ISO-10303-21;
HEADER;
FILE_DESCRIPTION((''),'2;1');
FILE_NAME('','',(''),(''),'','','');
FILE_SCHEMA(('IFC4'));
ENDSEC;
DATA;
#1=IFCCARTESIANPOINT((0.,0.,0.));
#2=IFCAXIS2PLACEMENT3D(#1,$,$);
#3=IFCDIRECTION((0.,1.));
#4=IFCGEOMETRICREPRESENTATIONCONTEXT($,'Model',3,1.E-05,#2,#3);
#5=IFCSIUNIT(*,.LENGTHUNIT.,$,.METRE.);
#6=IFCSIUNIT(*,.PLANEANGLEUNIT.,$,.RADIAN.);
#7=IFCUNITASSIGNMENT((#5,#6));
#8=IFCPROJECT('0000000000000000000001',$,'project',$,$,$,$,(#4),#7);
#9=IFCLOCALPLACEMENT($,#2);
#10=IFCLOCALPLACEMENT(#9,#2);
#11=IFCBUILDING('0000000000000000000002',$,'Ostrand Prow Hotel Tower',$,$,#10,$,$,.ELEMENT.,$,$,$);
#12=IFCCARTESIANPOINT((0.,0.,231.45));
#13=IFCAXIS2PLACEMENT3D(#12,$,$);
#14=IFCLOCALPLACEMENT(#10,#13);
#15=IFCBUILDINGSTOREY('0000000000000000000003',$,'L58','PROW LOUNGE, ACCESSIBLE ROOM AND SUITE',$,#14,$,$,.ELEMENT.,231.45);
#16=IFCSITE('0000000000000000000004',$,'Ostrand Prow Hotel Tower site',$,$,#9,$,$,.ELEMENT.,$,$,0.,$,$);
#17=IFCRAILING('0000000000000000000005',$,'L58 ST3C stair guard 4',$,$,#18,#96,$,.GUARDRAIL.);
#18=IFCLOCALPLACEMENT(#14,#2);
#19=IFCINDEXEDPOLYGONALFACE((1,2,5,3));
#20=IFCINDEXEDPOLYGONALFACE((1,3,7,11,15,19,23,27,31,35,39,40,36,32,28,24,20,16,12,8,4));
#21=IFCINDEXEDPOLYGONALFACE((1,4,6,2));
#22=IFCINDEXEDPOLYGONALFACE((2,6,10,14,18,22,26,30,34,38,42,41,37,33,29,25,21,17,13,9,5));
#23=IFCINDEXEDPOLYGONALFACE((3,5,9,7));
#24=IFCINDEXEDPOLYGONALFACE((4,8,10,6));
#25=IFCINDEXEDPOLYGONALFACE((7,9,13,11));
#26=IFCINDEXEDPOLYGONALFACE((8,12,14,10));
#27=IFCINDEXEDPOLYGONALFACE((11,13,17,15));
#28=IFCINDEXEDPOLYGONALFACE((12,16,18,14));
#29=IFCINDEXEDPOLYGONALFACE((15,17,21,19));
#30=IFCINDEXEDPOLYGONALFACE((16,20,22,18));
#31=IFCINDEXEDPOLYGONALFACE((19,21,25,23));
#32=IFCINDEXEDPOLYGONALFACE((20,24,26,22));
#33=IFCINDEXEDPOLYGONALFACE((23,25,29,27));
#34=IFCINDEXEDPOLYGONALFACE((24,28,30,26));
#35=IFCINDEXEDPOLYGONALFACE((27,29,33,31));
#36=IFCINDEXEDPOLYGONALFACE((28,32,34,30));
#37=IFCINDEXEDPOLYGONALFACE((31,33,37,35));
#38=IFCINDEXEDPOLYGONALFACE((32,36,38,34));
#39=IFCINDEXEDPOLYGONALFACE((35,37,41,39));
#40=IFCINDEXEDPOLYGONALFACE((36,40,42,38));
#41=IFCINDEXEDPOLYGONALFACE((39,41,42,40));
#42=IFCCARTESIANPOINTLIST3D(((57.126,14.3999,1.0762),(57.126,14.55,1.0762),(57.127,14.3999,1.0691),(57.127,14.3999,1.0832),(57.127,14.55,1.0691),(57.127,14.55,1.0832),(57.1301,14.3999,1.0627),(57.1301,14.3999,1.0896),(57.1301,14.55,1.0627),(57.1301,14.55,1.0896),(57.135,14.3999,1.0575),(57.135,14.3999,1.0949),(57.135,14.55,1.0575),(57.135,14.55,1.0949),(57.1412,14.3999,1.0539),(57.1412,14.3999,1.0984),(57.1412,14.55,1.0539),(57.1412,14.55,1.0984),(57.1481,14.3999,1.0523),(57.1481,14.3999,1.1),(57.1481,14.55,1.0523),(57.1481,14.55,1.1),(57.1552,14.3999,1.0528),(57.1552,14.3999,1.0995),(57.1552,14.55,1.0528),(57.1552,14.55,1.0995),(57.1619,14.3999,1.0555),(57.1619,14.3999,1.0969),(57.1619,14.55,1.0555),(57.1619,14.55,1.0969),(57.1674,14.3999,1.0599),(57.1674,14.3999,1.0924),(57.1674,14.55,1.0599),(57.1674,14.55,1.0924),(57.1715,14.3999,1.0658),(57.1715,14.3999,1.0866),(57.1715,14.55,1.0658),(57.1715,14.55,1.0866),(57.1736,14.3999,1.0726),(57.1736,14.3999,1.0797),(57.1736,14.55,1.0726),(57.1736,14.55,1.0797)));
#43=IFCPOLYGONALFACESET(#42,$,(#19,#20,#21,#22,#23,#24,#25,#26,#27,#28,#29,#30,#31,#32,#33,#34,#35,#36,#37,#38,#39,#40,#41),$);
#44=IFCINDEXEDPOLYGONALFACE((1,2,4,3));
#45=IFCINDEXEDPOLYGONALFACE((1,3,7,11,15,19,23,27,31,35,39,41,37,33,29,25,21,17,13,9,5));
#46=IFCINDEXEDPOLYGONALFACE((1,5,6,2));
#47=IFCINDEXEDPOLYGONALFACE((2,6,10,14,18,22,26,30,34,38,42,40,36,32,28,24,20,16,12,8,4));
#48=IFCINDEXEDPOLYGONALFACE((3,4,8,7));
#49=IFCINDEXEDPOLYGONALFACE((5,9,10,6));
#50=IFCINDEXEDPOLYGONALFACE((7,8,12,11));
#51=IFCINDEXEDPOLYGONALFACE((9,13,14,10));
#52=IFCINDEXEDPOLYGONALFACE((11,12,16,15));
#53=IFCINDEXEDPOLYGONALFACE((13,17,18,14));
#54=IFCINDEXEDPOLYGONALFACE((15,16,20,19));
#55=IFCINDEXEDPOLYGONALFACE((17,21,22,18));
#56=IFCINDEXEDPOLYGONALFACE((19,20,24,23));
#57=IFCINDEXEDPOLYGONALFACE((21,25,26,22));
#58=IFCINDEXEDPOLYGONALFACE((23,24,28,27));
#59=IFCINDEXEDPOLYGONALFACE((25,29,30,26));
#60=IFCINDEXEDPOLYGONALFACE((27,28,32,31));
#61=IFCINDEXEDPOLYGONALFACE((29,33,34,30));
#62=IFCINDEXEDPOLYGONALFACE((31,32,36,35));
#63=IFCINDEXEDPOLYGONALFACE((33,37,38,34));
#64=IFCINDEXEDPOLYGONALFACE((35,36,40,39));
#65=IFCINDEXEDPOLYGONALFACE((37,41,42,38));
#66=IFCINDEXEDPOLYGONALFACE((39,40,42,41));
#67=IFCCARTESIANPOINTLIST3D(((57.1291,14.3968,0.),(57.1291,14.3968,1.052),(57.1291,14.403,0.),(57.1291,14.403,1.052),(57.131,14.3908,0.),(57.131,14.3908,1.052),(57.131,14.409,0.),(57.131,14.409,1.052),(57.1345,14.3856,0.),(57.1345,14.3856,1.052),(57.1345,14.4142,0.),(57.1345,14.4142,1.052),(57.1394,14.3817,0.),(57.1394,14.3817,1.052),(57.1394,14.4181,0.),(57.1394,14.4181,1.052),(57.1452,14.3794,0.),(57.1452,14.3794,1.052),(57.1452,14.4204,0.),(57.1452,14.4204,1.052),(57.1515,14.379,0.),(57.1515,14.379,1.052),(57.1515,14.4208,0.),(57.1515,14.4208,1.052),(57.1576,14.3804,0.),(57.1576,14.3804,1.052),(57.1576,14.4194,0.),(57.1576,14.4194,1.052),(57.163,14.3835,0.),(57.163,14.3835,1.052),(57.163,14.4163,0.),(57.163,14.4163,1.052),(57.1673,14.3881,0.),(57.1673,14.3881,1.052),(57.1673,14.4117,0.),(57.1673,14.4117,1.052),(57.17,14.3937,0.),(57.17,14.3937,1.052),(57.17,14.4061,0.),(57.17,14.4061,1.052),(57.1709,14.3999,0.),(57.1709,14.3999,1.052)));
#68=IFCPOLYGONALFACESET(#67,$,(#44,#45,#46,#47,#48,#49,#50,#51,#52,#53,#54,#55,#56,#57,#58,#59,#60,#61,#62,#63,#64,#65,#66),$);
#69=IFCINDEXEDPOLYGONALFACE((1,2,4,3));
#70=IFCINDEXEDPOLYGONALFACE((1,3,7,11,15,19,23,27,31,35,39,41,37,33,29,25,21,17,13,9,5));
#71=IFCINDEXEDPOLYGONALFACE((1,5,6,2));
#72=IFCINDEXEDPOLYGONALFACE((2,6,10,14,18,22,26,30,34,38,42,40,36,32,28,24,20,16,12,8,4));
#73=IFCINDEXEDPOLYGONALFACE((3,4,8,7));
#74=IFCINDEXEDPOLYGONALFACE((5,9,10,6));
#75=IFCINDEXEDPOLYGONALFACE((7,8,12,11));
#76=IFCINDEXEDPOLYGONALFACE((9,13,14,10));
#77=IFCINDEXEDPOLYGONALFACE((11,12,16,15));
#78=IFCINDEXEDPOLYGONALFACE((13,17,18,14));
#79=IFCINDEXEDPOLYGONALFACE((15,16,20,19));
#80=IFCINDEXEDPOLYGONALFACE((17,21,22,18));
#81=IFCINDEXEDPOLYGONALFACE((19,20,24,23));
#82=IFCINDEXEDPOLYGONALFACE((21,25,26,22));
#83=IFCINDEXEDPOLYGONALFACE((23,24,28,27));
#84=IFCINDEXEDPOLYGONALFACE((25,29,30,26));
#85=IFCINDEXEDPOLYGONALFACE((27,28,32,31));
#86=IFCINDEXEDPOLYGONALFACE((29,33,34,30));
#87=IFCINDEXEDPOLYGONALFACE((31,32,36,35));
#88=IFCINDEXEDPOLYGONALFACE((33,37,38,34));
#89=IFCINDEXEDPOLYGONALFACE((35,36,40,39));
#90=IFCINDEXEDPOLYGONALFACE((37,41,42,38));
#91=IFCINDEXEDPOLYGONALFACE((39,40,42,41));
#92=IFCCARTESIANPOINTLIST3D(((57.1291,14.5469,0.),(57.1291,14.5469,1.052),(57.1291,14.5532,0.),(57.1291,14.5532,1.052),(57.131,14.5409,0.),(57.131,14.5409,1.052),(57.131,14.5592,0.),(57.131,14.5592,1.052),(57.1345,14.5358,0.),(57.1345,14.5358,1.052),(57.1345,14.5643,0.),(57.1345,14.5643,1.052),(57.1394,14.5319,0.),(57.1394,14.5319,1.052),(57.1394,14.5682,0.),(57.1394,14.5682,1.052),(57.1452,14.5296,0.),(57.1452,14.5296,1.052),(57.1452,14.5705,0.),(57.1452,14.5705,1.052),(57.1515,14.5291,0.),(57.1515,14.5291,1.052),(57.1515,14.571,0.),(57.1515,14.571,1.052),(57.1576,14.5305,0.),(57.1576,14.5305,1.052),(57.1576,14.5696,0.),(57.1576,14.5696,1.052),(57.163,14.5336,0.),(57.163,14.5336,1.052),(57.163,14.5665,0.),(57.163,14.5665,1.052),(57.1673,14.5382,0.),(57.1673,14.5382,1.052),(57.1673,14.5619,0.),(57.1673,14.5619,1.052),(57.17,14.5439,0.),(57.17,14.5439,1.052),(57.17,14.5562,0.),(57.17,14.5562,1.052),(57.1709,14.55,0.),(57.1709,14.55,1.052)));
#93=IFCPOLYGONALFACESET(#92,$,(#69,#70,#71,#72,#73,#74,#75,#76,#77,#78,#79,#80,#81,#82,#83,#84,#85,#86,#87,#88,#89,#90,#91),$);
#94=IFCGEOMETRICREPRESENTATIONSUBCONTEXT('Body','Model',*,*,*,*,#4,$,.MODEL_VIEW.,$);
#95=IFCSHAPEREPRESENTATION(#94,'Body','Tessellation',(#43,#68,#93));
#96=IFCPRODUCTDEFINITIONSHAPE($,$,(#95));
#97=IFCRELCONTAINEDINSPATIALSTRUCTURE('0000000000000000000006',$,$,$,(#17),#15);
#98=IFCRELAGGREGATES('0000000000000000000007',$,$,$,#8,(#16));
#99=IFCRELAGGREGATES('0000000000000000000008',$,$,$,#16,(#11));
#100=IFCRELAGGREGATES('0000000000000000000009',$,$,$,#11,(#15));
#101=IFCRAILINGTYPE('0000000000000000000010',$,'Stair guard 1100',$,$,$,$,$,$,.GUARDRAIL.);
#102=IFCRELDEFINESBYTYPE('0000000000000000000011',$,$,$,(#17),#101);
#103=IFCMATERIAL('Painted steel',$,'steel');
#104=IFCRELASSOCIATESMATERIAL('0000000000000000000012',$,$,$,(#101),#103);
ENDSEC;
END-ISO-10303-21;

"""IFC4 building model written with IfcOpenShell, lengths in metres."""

from ifc_helpers import new_model, si_unit, direction, frame, origin, origin_2d, place, context, subcontext, project, spatial, circle, extrude, material, type_object, element, save


model = new_model("IFC4")

# Units and contexts
model_context = context("Model", 3, precision=1e-05, world=origin(), true_north=direction((0.0, 1.0)))
body_context = subcontext(model_context, "Body", "Model", "MODEL_VIEW")
ifc_project = project(units=[si_unit("LENGTHUNIT", "METRE"), si_unit("PLANEANGLEUNIT", "RADIAN")], contexts=[model_context])

# Site, building, storey
site_placement = place(None, origin())
site = spatial("IfcSite", under=ifc_project, at=site_placement, Name="Ostrand Prow Hotel Tower site", CompositionType="ELEMENT", RefElevation=0.0)
building_placement = place(site_placement, origin())
building = spatial("IfcBuilding", under=site, at=building_placement, Name="Ostrand Prow Hotel Tower", CompositionType="ELEMENT")
storey_placement = place(building_placement, frame((0.0, 0.0, 231.45)))
storey = spatial("IfcBuildingStorey", under=building, at=storey_placement, Name="L58", Description="PROW LOUNGE, ACCESSIBLE ROOM AND SUITE", CompositionType="ELEMENT", Elevation=231.45)

# Railing
ifc_material_1 = material(Name="Painted steel", Category="steel")
railing_type_1 = type_object("IfcRailingType", Name="Stair guard 1100", PredefinedType="GUARDRAIL", material=ifc_material_1)
railing_1_placement = place(storey_placement, frame((57.1499, 14.3999, 0.0)))
element("IfcRailing", 1, at=railing_1_placement, inside=storey, type_object=railing_type_1, Name="L58 ST3C stair guard 4", PredefinedType="GUARDRAIL", context=body_context, shape_type="SweptSolid", body=[
    extrude(circle(Radius=0.0239, at=origin_2d()), frame((0.0, 0.0, 1.0762), z_axis=(0.0, 1.0, 0.0), x_axis=(-1.0, 0.0, 0.0)), (0.0, 0.0, 1.0), 0.1501),
    extrude(circle(Radius=0.021, at=origin_2d()), origin(), (0.0, 0.0, 1.0), 1.052),
    extrude(circle(Radius=0.021, at=origin_2d()), frame((0.0, 0.1501, 0.0)), (0.0, 0.0, 1.0), 1.052),
])

save(model, "model.ifc")
